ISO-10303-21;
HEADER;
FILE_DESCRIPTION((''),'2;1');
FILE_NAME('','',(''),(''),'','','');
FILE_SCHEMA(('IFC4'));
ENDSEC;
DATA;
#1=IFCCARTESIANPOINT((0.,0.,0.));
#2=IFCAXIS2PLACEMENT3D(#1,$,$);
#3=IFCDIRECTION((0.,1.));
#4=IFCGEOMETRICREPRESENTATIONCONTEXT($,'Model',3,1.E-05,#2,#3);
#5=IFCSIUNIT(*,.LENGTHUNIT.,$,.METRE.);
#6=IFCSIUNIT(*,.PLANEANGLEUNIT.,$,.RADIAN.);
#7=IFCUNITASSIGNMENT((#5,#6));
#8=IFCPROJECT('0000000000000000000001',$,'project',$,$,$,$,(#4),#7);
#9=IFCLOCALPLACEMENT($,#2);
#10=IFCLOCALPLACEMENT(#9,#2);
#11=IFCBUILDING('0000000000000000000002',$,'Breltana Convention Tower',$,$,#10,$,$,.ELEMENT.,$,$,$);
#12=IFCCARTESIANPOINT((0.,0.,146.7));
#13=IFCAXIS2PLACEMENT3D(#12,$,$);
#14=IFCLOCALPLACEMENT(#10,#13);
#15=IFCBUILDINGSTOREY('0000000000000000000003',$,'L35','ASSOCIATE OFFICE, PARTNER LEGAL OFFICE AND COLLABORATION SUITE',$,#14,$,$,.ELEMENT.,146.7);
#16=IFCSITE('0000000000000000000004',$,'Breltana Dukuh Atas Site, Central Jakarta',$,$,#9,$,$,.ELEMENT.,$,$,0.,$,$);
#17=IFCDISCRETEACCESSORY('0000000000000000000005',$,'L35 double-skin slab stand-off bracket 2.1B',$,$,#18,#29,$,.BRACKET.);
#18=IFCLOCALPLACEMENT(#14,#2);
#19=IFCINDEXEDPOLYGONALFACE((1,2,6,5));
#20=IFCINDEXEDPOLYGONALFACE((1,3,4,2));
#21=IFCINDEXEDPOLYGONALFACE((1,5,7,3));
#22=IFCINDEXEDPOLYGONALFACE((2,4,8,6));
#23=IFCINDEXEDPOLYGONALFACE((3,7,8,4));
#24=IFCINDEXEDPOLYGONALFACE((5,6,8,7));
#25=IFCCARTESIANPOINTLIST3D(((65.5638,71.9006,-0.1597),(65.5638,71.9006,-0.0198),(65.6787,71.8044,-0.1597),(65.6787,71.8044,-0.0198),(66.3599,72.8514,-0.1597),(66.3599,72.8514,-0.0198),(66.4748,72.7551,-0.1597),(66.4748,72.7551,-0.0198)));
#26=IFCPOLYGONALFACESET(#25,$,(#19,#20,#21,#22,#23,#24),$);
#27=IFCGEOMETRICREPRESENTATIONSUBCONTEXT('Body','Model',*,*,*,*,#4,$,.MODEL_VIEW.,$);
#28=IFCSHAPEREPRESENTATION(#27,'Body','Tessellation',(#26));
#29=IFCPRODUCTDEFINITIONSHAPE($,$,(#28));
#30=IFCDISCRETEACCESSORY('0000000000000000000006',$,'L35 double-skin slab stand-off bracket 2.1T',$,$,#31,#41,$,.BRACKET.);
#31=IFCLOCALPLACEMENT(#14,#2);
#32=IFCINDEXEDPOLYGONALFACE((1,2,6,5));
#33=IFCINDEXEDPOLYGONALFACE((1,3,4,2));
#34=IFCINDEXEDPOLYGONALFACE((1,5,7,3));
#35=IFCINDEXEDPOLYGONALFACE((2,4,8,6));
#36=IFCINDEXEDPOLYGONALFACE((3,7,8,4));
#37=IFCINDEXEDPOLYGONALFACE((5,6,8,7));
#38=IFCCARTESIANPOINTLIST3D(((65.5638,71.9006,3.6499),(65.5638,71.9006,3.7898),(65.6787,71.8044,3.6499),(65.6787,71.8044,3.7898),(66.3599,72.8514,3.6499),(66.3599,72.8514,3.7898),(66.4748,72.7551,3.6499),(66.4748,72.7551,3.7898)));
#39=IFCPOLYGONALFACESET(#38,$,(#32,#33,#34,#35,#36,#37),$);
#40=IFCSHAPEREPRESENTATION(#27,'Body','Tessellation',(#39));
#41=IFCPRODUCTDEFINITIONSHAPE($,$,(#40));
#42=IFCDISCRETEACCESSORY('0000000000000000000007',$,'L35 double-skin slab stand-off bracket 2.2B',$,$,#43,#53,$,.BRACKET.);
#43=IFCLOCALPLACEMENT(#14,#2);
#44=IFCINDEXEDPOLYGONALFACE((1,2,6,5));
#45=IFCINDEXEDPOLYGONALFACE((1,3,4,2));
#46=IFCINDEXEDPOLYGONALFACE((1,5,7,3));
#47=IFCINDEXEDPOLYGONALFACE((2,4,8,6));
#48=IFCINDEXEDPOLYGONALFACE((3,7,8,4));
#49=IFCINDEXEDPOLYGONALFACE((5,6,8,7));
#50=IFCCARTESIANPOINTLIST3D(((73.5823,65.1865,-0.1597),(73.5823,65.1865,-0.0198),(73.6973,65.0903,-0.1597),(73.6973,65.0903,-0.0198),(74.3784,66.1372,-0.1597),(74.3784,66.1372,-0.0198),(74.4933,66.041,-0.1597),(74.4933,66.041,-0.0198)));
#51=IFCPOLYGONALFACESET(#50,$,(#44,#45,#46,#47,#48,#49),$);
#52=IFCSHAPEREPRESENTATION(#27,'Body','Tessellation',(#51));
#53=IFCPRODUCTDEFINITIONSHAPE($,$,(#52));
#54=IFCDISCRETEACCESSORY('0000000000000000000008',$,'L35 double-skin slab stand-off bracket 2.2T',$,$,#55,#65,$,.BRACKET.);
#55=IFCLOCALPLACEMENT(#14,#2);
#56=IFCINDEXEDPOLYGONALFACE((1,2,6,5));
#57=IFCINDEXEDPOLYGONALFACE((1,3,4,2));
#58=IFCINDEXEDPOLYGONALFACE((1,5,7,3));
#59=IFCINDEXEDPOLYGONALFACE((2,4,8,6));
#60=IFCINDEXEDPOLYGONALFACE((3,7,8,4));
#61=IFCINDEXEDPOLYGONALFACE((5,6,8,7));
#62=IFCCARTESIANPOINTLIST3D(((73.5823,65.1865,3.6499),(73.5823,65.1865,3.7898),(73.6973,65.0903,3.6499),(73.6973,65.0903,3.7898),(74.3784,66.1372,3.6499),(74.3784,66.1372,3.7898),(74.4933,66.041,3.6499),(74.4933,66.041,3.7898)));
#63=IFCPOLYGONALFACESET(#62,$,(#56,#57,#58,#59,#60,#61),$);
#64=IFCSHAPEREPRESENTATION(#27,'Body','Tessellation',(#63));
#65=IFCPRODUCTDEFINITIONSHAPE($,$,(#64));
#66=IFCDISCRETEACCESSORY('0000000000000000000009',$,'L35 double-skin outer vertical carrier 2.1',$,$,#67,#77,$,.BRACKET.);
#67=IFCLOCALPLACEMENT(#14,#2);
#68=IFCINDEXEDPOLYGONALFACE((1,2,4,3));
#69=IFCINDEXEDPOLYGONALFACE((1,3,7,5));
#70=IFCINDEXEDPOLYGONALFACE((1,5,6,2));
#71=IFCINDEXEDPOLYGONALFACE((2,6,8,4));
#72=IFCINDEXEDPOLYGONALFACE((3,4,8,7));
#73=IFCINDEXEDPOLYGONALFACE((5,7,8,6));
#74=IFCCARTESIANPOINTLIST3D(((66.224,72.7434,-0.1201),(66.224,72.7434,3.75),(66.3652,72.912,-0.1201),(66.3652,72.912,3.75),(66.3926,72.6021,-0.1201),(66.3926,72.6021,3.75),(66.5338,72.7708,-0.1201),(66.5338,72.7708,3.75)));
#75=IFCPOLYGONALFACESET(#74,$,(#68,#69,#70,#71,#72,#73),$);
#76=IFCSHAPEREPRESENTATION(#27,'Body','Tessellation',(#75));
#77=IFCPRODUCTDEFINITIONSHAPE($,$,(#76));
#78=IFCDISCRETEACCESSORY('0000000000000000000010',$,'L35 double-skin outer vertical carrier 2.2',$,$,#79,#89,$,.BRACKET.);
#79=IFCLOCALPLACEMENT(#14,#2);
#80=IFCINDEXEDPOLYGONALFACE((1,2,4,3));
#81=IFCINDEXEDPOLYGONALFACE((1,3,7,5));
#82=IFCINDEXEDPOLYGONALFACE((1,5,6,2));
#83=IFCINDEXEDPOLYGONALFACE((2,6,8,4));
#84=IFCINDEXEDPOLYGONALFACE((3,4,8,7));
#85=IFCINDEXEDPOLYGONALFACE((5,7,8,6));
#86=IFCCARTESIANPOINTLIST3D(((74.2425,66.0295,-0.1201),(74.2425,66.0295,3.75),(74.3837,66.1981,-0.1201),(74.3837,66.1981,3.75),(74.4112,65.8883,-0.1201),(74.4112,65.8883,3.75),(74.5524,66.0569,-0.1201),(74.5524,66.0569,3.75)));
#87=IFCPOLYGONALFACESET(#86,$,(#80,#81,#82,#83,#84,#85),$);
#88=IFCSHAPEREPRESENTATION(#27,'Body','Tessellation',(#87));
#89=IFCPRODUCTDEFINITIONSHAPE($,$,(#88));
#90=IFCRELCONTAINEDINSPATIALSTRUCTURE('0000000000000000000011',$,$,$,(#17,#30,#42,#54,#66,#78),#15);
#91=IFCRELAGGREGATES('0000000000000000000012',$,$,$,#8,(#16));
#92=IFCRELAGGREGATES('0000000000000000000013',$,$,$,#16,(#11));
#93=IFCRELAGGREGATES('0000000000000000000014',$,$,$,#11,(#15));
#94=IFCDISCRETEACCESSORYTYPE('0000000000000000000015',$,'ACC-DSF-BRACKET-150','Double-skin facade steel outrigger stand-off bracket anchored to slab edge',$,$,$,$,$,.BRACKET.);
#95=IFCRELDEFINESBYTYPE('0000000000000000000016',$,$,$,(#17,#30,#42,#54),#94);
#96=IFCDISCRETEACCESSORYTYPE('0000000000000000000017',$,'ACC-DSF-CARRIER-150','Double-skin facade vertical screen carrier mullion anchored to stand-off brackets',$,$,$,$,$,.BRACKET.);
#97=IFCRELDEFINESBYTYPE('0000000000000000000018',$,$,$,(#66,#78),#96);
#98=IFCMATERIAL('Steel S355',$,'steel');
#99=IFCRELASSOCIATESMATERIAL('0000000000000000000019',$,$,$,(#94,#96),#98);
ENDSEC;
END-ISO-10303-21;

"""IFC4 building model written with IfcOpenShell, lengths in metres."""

from ifc_helpers import new_model, si_unit, direction, frame, origin, origin_2d, place, context, subcontext, project, spatial, rectangle, extrude, source, transform, mapped, material, type_object, type_shapes, element, save


model = new_model("IFC4")

# Units and contexts
model_context = context("Model", 3, precision=1e-05, world=origin(), true_north=direction((0.0, 1.0)))
body_context = subcontext(model_context, "Body", "Model", "MODEL_VIEW")
ifc_project = project(units=[si_unit("LENGTHUNIT", "METRE"), si_unit("PLANEANGLEUNIT", "RADIAN")], contexts=[model_context])

# Site, building, storey
site_placement = place(None, origin())
site = spatial("IfcSite", under=ifc_project, at=site_placement, Name="Breltana Dukuh Atas Site, Central Jakarta", CompositionType="ELEMENT", RefElevation=0.0)
building_placement = place(site_placement, origin())
building = spatial("IfcBuilding", under=site, at=building_placement, Name="Breltana Convention Tower", CompositionType="ELEMENT")
storey_placement = place(building_placement, frame((0.0, 0.0, 146.7)))
storey = spatial("IfcBuildingStorey", under=building, at=storey_placement, Name="L35", Description="ASSOCIATE OFFICE, PARTNER LEGAL OFFICE AND COLLABORATION SUITE", CompositionType="ELEMENT", Elevation=146.7)

# Discrete accessories
ifc_material_1 = material(Name="Steel S355", Category="steel")
discrete_accessory_type_1 = type_object("IfcDiscreteAccessoryType", Name="ACC-DSF-BRACKET-150", Description="Double-skin facade steel outrigger stand-off bracket anchored to slab edge", PredefinedType="BRACKET", material=ifc_material_1)
shared_shape_1 = source(origin(), body_context, "Body", "SweptSolid", [
    extrude(rectangle(XDim=1.24, YDim=0.1499, at=origin_2d()), origin(), (0.0, 0.0, 1.0), 0.1399),
])
type_shapes(discrete_accessory_type_1, [shared_shape_1])
for number, where, z_axis, x_axis, name in (
    (1, (66.0193, 72.3279, -0.1597), (0.0, 0.0, 1.0), (0.641989, 0.766714, 0.0), "L35 double-skin slab stand-off bracket 2.1B"),
    (2, (66.0193, 72.3279, 3.6499), (0.0, 0.0, 1.0), (0.641989, 0.766714, 0.0), "L35 double-skin slab stand-off bracket 2.1T"),
    (3, (74.0378, 65.6138, -0.1597), (0.0, 0.0, 1.0), (0.641989, 0.766714, 0.0), "L35 double-skin slab stand-off bracket 2.2B"),
    (4, (74.0378, 65.6138, 3.6499), (0.0, 0.0, 1.0), (0.641989, 0.766714, 0.0), "L35 double-skin slab stand-off bracket 2.2T"),
):
    element("IfcDiscreteAccessory", number, at=place(storey_placement, frame(where, z_axis=z_axis, x_axis=x_axis)), inside=storey, type_object=discrete_accessory_type_1, Name=name, PredefinedType="BRACKET", context=body_context, shape_type="MappedRepresentation", body=[
        mapped(shared_shape_1, transform((0.0, 0.0, 0.0), scale=1.0)),
    ])
discrete_accessory_type_2 = type_object("IfcDiscreteAccessoryType", Name="ACC-DSF-CARRIER-150", Description="Double-skin facade vertical screen carrier mullion anchored to stand-off brackets", PredefinedType="BRACKET", material=ifc_material_1)
shared_shape_2 = source(origin(), body_context, "Body", "SweptSolid", [
    extrude(rectangle(XDim=0.22, YDim=0.22, at=origin_2d()), origin(), (0.0, 0.0, 1.0), 3.8701),
])
for number, where, z_axis, x_axis, name in (
    (5, (66.3789, 72.7571, -0.1201), (0.0, 0.0, 1.0), (0.641989, 0.766714, 0.0), "L35 double-skin outer vertical carrier 2.1"),
    (6, (74.3975, 66.0432, -0.1201), (0.0, 0.0, 1.0), (0.641989, 0.766714, 0.0), "L35 double-skin outer vertical carrier 2.2"),
):
    element("IfcDiscreteAccessory", number, at=place(storey_placement, frame(where, z_axis=z_axis, x_axis=x_axis)), inside=storey, type_object=discrete_accessory_type_2, Name=name, PredefinedType="BRACKET", context=body_context, shape_type="MappedRepresentation", body=[
        mapped(shared_shape_2, transform((0.0, 0.0, 0.0), scale=1.0)),
    ])

save(model, "model.ifc")
